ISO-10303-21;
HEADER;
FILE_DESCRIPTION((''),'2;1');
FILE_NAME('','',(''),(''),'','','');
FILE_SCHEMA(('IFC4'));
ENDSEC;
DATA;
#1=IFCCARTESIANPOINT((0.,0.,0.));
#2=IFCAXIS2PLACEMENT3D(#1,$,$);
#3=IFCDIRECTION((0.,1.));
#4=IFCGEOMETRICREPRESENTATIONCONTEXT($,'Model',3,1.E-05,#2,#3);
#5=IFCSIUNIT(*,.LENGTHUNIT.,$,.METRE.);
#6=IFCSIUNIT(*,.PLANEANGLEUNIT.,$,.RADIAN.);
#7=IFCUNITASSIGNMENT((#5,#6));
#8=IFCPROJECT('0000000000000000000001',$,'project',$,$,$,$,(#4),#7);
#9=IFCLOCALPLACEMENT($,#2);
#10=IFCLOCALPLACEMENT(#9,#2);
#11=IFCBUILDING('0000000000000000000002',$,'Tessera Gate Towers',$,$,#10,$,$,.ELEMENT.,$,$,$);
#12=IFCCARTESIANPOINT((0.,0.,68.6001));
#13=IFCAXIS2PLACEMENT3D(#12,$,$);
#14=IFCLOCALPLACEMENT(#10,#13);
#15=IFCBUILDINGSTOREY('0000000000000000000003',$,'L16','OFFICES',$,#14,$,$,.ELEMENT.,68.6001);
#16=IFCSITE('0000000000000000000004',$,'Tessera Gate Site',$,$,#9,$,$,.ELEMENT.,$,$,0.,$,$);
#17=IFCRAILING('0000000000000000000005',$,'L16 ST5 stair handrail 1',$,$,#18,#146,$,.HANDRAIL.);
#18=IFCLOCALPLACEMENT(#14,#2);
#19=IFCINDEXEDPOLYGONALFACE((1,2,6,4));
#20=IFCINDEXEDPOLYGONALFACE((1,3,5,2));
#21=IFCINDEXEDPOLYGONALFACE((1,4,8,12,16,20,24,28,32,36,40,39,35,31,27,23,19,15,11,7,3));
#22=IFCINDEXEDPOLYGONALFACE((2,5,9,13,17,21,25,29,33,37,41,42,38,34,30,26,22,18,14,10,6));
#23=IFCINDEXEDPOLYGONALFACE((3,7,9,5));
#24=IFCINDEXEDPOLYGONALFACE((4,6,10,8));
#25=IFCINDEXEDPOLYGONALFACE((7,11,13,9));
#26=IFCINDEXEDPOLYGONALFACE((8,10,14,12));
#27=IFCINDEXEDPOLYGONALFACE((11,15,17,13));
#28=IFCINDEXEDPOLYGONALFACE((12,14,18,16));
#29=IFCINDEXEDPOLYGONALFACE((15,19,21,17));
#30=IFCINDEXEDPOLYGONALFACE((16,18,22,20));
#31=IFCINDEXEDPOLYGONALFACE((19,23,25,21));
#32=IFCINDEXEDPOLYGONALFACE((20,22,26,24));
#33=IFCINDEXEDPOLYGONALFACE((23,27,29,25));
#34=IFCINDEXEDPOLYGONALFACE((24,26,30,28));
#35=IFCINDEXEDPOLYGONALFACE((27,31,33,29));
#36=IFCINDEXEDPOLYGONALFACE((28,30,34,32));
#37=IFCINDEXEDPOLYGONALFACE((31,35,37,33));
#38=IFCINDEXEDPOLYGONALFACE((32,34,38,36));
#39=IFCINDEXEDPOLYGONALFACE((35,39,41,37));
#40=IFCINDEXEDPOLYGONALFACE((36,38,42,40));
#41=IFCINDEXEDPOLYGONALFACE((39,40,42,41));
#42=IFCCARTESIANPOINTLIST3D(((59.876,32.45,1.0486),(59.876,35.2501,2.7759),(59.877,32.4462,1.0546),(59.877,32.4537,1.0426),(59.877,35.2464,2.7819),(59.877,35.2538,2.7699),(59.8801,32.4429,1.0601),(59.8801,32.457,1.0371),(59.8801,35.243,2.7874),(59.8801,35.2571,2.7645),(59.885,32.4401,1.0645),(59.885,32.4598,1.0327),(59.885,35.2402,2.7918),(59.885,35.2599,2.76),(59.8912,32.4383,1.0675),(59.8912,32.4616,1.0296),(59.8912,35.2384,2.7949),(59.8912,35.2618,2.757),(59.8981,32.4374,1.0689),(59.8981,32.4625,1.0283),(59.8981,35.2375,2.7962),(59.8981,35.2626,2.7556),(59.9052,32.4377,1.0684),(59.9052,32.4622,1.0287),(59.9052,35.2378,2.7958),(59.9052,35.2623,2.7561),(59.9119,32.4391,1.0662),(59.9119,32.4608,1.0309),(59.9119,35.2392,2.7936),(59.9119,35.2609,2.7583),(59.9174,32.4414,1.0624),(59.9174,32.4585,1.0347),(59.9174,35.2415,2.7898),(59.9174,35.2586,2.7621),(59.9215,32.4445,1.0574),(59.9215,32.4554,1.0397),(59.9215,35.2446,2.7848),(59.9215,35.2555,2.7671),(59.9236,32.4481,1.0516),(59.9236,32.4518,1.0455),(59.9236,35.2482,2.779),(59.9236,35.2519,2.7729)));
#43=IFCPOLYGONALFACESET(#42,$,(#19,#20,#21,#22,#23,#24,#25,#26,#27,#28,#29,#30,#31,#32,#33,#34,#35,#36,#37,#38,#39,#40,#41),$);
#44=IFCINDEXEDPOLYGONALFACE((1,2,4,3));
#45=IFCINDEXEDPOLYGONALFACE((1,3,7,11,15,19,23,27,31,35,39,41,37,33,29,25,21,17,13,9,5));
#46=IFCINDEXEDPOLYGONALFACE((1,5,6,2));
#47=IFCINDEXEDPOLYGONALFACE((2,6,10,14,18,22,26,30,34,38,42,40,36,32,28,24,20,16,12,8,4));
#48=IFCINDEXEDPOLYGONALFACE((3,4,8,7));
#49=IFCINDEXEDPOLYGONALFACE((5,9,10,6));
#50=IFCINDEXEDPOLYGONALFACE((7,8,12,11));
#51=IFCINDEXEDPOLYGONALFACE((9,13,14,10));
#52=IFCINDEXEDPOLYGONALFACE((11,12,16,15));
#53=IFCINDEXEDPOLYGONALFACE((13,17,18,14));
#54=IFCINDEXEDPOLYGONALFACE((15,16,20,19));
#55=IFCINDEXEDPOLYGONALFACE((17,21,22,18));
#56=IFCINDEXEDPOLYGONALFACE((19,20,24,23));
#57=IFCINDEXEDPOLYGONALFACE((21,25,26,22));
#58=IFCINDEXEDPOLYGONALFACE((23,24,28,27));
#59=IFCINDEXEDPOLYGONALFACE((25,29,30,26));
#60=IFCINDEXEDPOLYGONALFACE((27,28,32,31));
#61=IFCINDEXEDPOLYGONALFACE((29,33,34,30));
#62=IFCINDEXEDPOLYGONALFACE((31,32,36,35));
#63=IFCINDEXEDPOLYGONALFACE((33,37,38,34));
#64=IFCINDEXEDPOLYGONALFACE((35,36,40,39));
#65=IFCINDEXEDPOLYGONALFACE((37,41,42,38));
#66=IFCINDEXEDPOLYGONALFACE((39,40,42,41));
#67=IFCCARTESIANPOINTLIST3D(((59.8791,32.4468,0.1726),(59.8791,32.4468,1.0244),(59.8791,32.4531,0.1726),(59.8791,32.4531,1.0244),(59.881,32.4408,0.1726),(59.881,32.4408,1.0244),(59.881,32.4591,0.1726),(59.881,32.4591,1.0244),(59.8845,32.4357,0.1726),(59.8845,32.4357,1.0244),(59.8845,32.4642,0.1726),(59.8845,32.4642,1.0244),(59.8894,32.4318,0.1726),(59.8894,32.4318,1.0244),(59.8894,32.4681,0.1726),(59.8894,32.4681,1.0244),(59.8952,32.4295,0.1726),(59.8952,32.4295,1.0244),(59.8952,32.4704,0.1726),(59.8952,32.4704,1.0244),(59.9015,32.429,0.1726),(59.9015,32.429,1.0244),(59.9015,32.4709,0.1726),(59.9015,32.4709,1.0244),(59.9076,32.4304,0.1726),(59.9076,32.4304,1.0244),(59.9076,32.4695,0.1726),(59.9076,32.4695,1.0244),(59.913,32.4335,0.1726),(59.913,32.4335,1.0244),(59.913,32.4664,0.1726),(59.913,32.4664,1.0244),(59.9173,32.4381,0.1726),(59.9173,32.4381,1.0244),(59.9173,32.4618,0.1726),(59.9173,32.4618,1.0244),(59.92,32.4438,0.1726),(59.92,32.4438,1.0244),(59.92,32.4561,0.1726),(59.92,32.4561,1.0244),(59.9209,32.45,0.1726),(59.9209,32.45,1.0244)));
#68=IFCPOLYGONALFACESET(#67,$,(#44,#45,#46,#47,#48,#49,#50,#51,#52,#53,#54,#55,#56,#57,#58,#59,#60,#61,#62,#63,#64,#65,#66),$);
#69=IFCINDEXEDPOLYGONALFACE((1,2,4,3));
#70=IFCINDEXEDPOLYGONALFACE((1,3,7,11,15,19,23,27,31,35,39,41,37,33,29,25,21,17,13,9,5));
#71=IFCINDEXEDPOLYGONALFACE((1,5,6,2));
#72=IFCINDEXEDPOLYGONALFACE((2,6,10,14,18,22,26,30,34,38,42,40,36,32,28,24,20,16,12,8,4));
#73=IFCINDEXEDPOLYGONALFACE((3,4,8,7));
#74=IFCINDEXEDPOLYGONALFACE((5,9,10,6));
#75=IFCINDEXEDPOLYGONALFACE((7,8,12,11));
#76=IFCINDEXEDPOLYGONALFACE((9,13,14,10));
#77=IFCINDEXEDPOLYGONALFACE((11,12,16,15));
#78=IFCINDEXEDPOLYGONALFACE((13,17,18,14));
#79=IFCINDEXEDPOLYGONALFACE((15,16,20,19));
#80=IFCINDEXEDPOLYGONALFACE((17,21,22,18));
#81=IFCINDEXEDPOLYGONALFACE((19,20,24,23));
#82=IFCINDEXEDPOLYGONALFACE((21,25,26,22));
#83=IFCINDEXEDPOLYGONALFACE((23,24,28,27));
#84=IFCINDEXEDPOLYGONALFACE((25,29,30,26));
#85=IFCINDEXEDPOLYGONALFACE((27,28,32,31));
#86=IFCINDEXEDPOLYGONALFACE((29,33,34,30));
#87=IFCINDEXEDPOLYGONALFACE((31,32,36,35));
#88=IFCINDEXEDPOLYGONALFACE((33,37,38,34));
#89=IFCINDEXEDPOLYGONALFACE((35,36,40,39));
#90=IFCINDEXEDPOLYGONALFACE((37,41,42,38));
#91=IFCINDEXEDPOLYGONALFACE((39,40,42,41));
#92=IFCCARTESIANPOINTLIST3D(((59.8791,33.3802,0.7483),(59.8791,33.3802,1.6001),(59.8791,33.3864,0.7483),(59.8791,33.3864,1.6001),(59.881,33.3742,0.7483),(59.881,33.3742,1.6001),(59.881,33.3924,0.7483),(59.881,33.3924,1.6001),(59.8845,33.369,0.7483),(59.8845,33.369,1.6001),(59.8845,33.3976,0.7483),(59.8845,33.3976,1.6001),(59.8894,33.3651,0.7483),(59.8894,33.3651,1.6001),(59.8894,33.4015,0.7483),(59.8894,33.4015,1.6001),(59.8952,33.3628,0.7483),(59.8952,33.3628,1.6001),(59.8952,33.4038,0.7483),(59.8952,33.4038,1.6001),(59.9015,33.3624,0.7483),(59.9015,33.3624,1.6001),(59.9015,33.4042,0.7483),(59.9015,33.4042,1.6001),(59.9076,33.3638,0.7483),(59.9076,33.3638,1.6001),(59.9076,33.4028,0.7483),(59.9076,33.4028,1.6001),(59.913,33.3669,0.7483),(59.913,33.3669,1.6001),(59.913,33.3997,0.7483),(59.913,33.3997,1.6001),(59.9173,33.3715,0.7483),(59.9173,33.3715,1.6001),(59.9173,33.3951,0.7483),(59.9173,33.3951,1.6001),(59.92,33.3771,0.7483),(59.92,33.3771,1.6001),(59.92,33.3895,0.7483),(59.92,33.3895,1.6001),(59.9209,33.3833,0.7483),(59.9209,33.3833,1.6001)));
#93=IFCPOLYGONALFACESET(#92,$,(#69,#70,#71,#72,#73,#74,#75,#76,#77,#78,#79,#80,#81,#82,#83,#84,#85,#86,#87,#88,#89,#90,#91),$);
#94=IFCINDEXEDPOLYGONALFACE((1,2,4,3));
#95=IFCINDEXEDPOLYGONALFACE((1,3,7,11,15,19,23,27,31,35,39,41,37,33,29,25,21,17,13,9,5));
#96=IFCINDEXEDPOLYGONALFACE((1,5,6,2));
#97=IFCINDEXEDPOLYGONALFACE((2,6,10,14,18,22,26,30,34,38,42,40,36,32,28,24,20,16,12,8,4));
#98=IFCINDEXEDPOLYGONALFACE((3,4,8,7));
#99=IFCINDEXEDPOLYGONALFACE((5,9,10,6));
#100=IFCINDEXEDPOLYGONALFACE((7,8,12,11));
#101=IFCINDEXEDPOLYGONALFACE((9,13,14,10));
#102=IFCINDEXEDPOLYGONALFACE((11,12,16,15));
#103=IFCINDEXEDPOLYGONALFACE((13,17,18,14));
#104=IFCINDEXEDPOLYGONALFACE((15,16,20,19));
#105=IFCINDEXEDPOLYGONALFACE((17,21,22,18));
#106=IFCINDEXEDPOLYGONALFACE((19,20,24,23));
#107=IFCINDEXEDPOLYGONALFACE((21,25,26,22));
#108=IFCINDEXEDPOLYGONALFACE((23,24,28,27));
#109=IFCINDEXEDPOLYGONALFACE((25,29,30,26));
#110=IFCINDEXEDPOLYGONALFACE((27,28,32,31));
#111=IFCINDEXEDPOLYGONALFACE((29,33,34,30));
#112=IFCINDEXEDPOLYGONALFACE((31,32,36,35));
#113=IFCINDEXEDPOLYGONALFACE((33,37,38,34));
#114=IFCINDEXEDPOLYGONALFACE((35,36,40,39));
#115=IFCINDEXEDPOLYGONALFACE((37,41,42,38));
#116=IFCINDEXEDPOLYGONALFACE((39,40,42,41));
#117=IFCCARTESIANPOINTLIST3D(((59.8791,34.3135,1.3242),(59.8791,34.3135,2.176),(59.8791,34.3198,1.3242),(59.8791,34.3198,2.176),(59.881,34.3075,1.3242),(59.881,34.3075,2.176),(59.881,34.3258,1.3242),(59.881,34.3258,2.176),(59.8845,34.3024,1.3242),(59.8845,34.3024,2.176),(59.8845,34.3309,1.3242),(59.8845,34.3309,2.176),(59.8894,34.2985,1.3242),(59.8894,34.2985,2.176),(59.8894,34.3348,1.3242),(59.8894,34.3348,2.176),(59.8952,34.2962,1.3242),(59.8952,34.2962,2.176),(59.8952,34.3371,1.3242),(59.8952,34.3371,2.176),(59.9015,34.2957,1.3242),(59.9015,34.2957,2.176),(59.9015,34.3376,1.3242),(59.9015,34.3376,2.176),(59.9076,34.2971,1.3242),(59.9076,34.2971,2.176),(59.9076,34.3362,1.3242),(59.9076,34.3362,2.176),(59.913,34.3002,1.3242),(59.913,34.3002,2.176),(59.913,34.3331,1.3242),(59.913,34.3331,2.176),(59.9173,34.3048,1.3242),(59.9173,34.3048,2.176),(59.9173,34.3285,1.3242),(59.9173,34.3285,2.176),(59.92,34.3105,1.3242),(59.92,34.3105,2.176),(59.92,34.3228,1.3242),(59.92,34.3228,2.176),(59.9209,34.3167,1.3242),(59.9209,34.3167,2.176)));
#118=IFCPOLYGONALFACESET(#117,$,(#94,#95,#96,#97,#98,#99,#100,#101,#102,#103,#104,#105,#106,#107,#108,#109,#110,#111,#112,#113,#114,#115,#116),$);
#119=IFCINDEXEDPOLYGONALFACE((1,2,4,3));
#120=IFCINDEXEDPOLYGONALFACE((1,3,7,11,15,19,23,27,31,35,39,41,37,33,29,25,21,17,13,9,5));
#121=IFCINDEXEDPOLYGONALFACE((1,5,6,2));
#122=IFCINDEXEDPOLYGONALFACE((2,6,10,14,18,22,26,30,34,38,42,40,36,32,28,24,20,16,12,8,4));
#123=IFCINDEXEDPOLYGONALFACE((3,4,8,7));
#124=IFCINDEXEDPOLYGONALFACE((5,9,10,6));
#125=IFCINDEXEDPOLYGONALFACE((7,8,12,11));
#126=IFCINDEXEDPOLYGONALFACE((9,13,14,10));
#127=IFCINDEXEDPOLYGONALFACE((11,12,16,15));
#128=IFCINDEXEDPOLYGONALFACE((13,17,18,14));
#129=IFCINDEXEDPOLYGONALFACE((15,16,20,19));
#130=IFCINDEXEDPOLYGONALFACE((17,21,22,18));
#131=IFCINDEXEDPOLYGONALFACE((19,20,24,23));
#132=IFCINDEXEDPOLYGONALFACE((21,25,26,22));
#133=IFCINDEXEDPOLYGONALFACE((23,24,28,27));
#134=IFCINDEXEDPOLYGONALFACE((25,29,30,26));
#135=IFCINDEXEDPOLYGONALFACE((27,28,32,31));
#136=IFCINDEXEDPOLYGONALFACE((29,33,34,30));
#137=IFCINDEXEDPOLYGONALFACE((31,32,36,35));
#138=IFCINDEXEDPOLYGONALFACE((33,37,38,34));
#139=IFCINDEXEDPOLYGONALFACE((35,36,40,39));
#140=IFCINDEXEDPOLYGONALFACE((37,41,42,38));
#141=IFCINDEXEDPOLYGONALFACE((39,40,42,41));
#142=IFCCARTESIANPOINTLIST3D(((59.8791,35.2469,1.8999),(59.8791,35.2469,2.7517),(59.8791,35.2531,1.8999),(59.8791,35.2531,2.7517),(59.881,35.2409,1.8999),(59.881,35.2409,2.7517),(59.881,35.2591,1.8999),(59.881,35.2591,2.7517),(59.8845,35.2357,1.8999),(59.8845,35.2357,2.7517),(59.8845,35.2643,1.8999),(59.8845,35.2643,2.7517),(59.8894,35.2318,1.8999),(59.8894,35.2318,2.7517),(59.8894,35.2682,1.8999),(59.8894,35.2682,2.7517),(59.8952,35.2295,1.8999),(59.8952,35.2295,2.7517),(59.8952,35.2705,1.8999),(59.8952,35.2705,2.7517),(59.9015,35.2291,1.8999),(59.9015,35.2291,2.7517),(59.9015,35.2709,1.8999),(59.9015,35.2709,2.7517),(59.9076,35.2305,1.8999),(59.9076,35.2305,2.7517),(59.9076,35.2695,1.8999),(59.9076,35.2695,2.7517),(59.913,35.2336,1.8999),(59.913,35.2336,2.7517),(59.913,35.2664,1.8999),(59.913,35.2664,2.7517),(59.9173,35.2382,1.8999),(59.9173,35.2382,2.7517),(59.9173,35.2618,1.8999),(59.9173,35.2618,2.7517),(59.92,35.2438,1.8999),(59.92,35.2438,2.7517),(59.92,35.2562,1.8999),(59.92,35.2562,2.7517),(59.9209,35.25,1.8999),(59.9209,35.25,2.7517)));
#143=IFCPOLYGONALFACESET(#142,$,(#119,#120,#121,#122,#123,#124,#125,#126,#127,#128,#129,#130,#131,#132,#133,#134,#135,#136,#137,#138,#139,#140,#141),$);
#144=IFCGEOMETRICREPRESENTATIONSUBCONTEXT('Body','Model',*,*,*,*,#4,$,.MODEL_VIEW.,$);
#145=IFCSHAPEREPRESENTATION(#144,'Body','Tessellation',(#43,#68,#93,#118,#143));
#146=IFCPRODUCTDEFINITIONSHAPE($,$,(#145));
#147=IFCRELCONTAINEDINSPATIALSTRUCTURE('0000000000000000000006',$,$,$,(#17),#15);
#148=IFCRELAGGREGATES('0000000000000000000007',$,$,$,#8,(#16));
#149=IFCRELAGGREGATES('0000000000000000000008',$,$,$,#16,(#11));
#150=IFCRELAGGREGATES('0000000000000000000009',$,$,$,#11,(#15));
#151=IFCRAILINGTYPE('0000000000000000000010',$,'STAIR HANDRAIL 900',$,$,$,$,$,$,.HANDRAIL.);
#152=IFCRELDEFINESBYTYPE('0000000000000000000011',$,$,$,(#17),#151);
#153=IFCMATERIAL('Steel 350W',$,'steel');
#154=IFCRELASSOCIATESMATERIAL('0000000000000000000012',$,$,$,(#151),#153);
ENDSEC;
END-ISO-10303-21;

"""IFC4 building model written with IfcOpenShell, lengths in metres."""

from ifc_helpers import new_model, si_unit, direction, frame, origin, origin_2d, place, context, subcontext, project, spatial, circle, extrude, material, type_object, element, save


model = new_model("IFC4")

# Units and contexts
model_context = context("Model", 3, precision=1e-05, world=origin(), true_north=direction((0.0, 1.0)))
body_context = subcontext(model_context, "Body", "Model", "MODEL_VIEW")
ifc_project = project(units=[si_unit("LENGTHUNIT", "METRE"), si_unit("PLANEANGLEUNIT", "RADIAN")], contexts=[model_context])

# Site, building, storey
site_placement = place(None, origin())
site = spatial("IfcSite", under=ifc_project, at=site_placement, Name="Tessera Gate Site", CompositionType="ELEMENT", RefElevation=0.0)
building_placement = place(site_placement, origin())
building = spatial("IfcBuilding", under=site, at=building_placement, Name="Tessera Gate Towers", CompositionType="ELEMENT")
storey_placement = place(building_placement, frame((0.0, 0.0, 68.6001)))
storey = spatial("IfcBuildingStorey", under=building, at=storey_placement, Name="L16", Description="OFFICES", CompositionType="ELEMENT", Elevation=68.6001)

# Railing
ifc_material_1 = material(Name="Steel 350W", Category="steel")
railing_type = type_object("IfcRailingType", Name="STAIR HANDRAIL 900", PredefinedType="HANDRAIL", material=ifc_material_1)
railing_1_placement = place(storey_placement, frame((59.8999, 32.45, 0.1726)))
element("IfcRailing", 1, at=railing_1_placement, inside=storey, type_object=railing_type, Name="L16 ST5 stair handrail 1", PredefinedType="HANDRAIL", context=body_context, shape_type="SweptSolid", body=[
    extrude(circle(Radius=0.0239, at=origin_2d()), frame((0.0, 0.0, 0.876), z_axis=(0.0, 0.85109, 0.52502), x_axis=(-1.0, 0.0, 0.0)), (0.0, 0.0, 1.0), 3.29),
    extrude(circle(Radius=0.021, at=origin_2d()), origin(), (0.0, 0.0, 1.0), 0.8518),
    extrude(circle(Radius=0.021, at=origin_2d()), frame((0.0, 0.9333, 0.5757)), (0.0, 0.0, 1.0), 0.8518),
    extrude(circle(Radius=0.021, at=origin_2d()), frame((0.0, 1.8667, 1.1516)), (0.0, 0.0, 1.0), 0.8518),
    extrude(circle(Radius=0.021, at=origin_2d()), frame((0.0, 2.8, 1.7273)), (0.0, 0.0, 1.0), 0.8518),
])

save(model, "model.ifc")
